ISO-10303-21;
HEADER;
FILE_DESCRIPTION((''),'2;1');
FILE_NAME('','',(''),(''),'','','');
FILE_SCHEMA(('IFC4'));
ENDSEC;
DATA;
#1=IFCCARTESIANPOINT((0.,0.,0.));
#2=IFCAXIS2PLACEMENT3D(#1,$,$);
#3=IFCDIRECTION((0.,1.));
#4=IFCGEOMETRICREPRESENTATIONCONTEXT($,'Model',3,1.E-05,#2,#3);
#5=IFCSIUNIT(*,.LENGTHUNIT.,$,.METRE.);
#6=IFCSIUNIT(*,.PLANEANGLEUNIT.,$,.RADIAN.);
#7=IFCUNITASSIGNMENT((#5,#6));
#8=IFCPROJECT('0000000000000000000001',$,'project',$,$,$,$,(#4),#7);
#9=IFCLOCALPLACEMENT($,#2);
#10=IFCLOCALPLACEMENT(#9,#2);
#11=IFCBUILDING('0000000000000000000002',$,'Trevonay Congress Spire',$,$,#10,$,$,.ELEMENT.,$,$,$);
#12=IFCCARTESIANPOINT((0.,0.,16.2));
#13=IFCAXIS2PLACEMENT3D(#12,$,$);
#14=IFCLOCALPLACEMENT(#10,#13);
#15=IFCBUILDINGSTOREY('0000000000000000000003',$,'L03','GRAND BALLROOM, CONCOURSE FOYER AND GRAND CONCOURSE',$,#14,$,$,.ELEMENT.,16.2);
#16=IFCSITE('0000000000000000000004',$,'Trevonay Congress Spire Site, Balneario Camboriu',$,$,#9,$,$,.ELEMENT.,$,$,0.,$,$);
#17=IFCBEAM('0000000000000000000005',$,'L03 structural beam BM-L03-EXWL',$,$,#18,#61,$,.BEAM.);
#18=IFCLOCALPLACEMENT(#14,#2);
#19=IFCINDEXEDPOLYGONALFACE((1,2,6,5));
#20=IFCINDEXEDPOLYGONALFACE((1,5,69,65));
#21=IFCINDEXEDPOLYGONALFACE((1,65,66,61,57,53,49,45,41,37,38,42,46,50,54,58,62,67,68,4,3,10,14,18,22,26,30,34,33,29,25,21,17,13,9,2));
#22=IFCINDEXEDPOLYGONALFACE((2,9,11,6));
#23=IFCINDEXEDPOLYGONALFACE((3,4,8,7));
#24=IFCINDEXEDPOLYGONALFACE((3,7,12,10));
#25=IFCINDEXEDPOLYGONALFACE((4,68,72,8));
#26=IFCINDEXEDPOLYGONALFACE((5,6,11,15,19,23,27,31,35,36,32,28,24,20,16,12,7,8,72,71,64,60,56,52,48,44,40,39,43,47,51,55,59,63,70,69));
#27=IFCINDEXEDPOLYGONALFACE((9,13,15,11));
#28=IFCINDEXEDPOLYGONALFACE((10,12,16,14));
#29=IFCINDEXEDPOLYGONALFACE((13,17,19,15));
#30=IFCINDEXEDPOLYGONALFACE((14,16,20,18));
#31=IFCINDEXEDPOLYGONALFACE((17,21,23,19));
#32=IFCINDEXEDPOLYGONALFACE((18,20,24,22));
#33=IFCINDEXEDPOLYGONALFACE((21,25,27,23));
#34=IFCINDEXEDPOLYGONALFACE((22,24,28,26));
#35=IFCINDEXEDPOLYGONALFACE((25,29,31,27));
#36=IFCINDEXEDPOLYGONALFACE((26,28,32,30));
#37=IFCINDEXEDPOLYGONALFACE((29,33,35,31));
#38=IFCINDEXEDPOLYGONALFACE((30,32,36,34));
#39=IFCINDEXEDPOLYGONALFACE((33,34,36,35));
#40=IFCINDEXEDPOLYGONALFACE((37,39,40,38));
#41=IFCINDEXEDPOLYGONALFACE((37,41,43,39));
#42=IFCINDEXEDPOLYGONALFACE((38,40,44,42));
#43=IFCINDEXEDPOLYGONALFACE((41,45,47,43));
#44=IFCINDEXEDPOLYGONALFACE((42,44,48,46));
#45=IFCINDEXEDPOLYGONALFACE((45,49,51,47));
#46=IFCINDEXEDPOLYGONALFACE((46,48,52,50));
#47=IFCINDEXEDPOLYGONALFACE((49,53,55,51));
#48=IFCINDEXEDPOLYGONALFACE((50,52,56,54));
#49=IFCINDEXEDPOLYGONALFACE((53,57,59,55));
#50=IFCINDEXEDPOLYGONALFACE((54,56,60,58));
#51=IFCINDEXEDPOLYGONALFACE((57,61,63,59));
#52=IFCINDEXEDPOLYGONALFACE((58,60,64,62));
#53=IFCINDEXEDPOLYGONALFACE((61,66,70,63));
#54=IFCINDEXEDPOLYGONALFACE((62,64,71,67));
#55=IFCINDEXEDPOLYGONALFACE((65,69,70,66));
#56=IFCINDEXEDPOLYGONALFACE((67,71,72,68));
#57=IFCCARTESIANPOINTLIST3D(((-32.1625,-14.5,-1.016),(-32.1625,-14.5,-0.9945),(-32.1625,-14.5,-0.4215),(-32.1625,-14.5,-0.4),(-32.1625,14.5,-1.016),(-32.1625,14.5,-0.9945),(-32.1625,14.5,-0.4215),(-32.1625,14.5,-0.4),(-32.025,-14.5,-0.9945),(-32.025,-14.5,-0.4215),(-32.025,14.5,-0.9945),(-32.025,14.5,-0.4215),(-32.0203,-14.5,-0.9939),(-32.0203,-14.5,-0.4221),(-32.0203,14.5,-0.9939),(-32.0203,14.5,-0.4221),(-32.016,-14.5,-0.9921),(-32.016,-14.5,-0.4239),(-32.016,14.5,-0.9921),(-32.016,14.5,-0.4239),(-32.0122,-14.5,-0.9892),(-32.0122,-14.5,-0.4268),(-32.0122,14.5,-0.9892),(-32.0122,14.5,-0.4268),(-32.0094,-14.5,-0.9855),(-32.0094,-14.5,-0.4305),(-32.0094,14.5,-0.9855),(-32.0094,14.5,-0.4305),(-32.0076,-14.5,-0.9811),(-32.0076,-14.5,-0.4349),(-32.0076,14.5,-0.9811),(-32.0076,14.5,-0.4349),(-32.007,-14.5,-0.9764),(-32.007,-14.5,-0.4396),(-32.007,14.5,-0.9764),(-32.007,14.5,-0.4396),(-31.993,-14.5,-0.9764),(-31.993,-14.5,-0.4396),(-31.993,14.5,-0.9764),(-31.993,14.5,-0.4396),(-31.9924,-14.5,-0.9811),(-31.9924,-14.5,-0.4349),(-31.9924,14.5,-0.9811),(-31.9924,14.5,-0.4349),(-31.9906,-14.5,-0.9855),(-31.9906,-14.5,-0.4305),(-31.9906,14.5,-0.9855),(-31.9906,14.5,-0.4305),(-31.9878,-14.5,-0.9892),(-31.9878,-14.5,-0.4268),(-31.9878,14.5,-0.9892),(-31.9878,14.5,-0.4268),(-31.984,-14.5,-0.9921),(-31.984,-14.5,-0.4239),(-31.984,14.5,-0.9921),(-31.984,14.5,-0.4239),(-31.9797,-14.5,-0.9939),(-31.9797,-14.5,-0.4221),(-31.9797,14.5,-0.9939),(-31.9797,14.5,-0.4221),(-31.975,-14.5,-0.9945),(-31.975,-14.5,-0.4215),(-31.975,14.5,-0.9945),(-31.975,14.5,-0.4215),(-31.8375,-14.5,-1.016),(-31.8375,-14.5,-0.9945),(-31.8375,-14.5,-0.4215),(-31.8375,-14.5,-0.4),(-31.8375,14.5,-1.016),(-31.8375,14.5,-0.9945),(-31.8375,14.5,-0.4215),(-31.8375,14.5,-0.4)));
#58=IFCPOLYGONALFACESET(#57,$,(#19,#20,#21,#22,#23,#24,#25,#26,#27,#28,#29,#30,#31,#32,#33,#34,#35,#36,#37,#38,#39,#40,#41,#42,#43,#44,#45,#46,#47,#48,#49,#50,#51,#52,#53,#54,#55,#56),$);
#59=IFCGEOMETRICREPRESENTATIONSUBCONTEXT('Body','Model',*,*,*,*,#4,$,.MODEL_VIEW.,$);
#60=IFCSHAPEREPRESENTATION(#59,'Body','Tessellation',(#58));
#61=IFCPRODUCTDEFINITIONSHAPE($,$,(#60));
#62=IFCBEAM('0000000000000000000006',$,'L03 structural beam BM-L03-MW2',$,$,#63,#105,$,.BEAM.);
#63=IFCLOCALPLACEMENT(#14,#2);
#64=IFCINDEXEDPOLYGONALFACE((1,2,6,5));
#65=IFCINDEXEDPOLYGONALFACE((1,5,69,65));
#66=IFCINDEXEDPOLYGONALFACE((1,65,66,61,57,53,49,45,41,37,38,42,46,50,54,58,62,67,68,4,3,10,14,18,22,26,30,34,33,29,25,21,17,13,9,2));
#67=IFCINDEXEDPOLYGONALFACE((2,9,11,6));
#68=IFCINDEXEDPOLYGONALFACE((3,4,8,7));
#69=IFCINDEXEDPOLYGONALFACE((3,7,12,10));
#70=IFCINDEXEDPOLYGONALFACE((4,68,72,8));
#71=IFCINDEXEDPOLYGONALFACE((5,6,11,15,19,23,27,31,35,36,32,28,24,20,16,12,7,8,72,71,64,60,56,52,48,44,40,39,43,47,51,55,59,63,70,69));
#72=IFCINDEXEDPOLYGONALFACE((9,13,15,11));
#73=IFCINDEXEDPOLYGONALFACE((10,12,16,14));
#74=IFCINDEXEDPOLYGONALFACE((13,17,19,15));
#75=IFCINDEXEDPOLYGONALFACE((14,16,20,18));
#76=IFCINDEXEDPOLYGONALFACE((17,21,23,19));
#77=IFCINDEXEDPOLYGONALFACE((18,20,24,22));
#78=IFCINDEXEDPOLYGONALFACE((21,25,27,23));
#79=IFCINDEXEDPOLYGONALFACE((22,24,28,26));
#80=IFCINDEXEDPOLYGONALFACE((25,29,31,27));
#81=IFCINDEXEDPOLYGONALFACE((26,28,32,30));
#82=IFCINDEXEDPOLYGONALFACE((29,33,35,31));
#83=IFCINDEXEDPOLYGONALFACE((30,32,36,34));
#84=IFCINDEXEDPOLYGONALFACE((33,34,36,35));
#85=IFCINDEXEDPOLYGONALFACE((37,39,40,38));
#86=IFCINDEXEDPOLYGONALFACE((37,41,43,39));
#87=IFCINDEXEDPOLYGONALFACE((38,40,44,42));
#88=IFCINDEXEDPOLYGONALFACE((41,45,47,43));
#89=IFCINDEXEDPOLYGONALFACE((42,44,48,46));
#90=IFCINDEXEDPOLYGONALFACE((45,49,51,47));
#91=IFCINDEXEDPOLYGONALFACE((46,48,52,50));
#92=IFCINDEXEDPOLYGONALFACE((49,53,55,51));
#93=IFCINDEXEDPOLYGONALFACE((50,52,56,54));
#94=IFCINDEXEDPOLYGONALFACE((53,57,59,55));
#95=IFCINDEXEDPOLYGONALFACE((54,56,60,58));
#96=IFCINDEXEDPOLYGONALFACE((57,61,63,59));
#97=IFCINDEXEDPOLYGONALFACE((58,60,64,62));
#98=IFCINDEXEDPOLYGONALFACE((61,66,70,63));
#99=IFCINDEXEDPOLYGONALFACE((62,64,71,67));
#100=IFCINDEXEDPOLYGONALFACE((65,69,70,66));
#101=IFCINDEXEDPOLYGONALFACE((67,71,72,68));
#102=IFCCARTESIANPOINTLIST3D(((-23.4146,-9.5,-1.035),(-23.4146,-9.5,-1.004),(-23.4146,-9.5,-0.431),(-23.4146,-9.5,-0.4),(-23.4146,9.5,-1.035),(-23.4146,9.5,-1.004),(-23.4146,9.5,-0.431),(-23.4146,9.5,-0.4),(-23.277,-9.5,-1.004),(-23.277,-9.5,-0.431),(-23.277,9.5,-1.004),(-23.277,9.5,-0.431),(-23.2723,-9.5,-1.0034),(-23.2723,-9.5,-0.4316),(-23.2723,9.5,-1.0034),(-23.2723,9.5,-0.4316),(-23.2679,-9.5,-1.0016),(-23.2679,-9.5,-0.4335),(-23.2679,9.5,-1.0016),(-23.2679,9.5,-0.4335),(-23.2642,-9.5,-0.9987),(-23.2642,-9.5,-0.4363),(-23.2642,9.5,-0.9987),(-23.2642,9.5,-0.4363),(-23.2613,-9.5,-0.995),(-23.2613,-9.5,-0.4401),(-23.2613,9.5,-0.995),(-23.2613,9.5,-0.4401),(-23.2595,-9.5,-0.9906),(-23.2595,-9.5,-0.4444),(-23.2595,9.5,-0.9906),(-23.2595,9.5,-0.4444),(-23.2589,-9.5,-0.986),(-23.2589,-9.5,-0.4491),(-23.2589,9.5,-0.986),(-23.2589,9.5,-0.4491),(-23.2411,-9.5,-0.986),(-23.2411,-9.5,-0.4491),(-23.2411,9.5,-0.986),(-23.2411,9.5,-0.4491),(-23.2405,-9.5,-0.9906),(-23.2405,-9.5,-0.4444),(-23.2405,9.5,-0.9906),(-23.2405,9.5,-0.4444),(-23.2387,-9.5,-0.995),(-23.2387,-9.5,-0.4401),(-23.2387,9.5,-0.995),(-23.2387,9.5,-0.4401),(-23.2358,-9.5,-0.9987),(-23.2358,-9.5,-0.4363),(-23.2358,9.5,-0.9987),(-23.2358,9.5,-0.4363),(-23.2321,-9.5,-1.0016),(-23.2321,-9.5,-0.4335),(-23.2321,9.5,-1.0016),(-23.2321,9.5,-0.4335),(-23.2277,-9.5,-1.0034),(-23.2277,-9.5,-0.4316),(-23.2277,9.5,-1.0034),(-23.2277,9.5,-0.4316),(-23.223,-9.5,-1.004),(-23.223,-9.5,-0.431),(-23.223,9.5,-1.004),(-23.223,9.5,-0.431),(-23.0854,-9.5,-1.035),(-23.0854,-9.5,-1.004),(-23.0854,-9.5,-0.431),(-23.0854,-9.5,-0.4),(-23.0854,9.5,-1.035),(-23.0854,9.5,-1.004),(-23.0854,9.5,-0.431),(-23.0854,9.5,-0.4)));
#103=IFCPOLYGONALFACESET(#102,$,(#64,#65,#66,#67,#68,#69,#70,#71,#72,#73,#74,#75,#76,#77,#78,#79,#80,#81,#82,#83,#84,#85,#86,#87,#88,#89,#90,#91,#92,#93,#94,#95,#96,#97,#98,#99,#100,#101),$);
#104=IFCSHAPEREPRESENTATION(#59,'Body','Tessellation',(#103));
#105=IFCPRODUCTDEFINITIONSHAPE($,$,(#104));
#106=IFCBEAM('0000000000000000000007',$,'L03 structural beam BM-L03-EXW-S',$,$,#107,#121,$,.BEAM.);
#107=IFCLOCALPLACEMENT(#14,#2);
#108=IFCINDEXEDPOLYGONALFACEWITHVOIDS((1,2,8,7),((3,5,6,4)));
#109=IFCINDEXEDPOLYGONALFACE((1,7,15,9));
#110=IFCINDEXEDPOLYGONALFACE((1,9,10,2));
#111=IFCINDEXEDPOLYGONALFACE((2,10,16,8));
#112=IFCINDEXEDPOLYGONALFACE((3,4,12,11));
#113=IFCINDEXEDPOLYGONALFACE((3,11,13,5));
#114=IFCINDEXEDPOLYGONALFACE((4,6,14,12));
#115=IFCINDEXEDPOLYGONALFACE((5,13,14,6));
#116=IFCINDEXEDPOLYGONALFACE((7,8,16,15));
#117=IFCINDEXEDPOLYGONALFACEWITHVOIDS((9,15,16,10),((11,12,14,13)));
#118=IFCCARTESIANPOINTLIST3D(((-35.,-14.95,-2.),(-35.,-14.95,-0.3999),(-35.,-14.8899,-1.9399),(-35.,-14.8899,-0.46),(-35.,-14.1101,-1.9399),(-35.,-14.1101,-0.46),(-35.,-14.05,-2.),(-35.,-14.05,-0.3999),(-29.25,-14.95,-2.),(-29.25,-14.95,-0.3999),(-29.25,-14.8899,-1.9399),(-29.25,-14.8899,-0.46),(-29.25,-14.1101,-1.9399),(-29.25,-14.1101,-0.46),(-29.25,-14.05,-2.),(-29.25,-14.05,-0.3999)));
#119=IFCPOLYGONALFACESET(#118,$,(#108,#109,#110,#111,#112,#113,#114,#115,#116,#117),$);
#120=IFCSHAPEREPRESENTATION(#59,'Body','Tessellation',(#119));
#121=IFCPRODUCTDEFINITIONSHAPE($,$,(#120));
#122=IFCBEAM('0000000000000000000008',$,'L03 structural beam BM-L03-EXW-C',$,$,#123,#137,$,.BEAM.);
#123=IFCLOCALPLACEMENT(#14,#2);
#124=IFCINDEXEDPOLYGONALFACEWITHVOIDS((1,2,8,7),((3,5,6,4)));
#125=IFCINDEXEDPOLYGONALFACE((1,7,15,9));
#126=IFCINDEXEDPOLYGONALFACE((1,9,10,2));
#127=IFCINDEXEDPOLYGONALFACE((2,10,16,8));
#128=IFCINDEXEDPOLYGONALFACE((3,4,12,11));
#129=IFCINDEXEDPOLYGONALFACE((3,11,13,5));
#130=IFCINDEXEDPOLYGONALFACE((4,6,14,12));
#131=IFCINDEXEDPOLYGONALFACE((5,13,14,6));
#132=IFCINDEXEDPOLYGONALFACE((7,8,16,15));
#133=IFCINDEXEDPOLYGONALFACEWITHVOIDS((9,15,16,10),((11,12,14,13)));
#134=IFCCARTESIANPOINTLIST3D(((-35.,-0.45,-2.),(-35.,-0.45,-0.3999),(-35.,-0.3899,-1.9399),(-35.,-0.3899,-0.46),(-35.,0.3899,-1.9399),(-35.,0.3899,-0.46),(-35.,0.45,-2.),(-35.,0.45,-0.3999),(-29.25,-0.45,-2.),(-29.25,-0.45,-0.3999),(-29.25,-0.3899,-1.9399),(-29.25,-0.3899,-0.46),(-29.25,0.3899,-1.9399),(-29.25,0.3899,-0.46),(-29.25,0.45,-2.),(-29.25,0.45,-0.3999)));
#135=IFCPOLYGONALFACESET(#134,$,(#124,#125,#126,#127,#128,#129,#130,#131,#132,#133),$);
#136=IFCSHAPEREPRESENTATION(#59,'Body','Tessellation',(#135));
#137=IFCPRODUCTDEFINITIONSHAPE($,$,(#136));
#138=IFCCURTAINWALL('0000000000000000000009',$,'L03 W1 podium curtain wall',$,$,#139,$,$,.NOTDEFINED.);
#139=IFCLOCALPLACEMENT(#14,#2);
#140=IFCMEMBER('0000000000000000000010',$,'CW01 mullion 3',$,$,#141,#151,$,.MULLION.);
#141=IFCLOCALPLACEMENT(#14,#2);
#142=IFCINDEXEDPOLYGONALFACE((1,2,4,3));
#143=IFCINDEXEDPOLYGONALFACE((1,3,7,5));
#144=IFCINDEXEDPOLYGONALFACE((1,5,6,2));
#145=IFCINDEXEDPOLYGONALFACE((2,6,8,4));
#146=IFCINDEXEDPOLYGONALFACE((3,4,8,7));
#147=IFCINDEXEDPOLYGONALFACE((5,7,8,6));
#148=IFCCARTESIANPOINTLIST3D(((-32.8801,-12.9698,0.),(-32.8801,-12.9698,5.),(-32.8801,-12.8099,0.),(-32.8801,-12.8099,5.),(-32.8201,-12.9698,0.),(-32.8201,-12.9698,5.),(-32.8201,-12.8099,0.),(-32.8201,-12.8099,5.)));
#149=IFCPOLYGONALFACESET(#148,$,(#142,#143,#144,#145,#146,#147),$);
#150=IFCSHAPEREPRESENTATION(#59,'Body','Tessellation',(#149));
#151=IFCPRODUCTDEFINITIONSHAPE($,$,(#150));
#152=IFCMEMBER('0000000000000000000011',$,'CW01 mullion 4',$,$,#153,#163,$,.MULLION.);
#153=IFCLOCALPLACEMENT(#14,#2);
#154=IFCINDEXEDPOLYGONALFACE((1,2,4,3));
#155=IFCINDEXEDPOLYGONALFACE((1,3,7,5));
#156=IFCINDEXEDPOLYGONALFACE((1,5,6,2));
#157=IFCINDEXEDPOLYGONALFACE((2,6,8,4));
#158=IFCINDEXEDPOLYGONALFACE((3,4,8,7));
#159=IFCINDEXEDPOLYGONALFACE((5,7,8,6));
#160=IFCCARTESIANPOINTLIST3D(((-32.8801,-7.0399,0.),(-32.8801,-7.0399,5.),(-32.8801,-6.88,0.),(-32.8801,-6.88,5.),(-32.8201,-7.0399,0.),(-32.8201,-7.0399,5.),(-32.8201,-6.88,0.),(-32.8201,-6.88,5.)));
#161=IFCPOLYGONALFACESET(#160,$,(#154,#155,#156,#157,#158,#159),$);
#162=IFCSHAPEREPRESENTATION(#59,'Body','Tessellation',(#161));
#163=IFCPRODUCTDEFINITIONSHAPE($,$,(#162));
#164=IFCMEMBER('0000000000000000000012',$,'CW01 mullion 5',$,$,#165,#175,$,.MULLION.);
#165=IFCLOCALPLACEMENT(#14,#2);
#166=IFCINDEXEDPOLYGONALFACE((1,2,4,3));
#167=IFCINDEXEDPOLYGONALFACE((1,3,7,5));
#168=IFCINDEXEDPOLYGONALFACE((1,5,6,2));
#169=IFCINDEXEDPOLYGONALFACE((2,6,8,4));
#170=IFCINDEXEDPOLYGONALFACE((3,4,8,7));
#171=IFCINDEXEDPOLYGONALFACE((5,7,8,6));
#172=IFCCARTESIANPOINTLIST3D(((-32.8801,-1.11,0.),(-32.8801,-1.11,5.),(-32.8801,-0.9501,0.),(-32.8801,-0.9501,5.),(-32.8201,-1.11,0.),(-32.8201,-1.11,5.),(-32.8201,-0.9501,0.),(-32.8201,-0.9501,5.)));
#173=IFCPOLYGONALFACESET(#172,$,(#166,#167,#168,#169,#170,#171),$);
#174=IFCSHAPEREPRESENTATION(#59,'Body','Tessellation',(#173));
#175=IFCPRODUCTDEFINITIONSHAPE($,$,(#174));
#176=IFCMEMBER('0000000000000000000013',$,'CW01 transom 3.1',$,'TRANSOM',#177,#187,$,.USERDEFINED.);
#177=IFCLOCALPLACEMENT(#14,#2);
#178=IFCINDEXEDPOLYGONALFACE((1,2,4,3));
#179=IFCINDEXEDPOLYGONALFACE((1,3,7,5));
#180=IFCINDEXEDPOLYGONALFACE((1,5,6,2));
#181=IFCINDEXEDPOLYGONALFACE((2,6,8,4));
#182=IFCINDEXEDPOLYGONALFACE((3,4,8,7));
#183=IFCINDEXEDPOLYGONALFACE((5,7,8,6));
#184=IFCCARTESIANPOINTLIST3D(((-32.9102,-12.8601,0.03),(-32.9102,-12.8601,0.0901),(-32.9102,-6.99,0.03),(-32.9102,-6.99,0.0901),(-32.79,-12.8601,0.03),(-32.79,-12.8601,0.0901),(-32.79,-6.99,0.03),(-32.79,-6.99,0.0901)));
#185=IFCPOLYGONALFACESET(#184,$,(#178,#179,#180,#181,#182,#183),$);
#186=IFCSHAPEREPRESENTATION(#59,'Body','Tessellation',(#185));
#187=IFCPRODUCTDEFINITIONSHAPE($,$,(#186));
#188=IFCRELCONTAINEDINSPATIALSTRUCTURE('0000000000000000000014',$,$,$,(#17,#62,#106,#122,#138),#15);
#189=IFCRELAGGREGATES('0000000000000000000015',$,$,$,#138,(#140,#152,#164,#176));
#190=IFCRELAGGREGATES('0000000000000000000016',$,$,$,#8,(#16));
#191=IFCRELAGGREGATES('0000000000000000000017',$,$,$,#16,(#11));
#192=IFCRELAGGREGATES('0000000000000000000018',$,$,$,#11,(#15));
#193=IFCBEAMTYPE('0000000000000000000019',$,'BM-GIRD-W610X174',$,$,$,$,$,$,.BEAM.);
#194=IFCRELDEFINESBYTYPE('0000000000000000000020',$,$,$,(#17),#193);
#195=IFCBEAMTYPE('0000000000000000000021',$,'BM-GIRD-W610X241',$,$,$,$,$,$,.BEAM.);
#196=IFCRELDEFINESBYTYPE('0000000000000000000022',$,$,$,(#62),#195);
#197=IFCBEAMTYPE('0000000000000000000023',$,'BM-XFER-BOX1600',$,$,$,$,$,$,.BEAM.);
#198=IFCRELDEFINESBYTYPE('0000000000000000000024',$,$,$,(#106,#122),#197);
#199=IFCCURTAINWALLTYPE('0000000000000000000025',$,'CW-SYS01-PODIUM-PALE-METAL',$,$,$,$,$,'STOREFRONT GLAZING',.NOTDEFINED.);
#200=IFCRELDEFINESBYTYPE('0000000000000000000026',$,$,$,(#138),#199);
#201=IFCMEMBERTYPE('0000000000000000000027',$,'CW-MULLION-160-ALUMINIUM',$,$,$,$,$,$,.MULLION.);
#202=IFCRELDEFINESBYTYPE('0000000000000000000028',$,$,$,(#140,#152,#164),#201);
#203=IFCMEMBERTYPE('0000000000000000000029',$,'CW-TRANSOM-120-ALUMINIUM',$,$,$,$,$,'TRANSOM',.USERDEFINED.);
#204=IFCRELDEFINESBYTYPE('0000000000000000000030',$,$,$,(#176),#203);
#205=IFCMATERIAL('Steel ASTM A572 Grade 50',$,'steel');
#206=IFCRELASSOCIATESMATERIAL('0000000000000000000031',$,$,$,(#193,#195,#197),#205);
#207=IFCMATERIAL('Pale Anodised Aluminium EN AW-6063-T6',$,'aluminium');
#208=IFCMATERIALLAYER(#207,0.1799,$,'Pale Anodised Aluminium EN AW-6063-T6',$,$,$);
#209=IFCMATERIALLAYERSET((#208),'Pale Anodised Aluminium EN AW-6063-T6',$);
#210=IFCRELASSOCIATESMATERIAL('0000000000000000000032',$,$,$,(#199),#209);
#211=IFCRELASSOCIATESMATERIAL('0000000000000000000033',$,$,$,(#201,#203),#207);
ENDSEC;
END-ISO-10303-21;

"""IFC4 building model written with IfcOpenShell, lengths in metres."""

from ifc_helpers import new_model, si_unit, direction, frame, origin, origin_2d, place, context, subcontext, project, spatial, rectangle, hollow_rectangle, i_section, extrude, material, layer, layer_set, material_profile, profile_set, type_object, element, aggregate, save


model = new_model("IFC4")

# Units and contexts
model_context = context("Model", 3, precision=1e-05, world=origin(), true_north=direction((0.0, 1.0)))
body_context = subcontext(model_context, "Body", "Model", "MODEL_VIEW")
ifc_project = project(units=[si_unit("LENGTHUNIT", "METRE"), si_unit("PLANEANGLEUNIT", "RADIAN")], contexts=[model_context])

# Site, building, storey
site_placement = place(None, origin())
site = spatial("IfcSite", under=ifc_project, at=site_placement, Name="Trevonay Congress Spire Site, Balneario Camboriu", CompositionType="ELEMENT", RefElevation=0.0)
building_placement = place(site_placement, origin())
building = spatial("IfcBuilding", under=site, at=building_placement, Name="Trevonay Congress Spire", CompositionType="ELEMENT")
storey_placement = place(building_placement, frame((0.0, 0.0, 16.2)))
storey = spatial("IfcBuildingStorey", under=building, at=storey_placement, Name="L03", Description="GRAND BALLROOM, CONCOURSE FOYER AND GRAND CONCOURSE", CompositionType="ELEMENT", Elevation=16.2)

# Shared definitions
ifc_material_1 = material(Name="Steel ASTM A572 Grade 50", Category="steel")

# Beams
ifc_material_profile_1 = material_profile(ifc_material_1, i_section(OverallWidth=0.325, OverallDepth=0.616, WebThickness=0.0139, FlangeThickness=0.0215, FilletRadius=0.0181, at=origin_2d()), Name="W610x174")
ifc_profile_set_1 = profile_set([ifc_material_profile_1], Name="Steel ASTM A572 Grade 50")
beam_type_1 = type_object("IfcBeamType", Name="BM-GIRD-W610X174", PredefinedType="BEAM", material=ifc_profile_set_1)
beam_1_placement = place(storey_placement, frame((-32.0, -14.5, -0.708), z_axis=(0.0, 1.0, 0.0), x_axis=(-1.0, 0.0, 0.0)))
element("IfcBeam", 1, at=beam_1_placement, inside=storey, type_object=beam_type_1, Name="L03 structural beam BM-L03-EXWL", PredefinedType="BEAM", context=body_context, shape_type="SweptSolid", body=[
    extrude(i_section(OverallWidth=0.325, OverallDepth=0.616, WebThickness=0.0139, FlangeThickness=0.0215, FilletRadius=0.0181, at=origin_2d()), origin(), (0.0, 0.0, 1.0), 29.0),
])
ifc_material_profile_2 = material_profile(ifc_material_1, i_section(OverallWidth=0.3291, OverallDepth=0.635, WebThickness=0.0178, FlangeThickness=0.031, FilletRadius=0.0181, at=origin_2d()), Name="W610x241")
ifc_profile_set_2 = profile_set([ifc_material_profile_2], Name="Steel ASTM A572 Grade 50")
beam_type_2 = type_object("IfcBeamType", Name="BM-GIRD-W610X241", PredefinedType="BEAM", material=ifc_profile_set_2)
beam_2_placement = place(storey_placement, frame((-23.25, -9.5, -0.7175), z_axis=(0.0, 1.0, 0.0), x_axis=(-1.0, 0.0, 0.0)))
element("IfcBeam", 2, at=beam_2_placement, inside=storey, type_object=beam_type_2, Name="L03 structural beam BM-L03-MW2", PredefinedType="BEAM", context=body_context, shape_type="SweptSolid", body=[
    extrude(i_section(OverallWidth=0.3291, OverallDepth=0.635, WebThickness=0.0178, FlangeThickness=0.031, FilletRadius=0.0181, at=origin_2d()), origin(), (0.0, 0.0, 1.0), 19.0),
])
ifc_material_profile_3 = material_profile(ifc_material_1, hollow_rectangle(XDim=0.8999, YDim=1.6001, WallThickness=0.0601, at=origin_2d()), Name="BOX 1600x900x60")
ifc_profile_set_3 = profile_set([ifc_material_profile_3], Name="Steel ASTM A572 Grade 50")
beam_type_3 = type_object("IfcBeamType", Name="BM-XFER-BOX1600", PredefinedType="BEAM", material=ifc_profile_set_3)
for number, where, z_axis, x_axis, name in (
    (3, (-29.25, -14.5, -1.2), (-1.0, 0.0, 0.0), (0.0, -1.0, 0.0), "L03 structural beam BM-L03-EXW-S"),
    (4, (-29.25, 0.0, -1.2), (-1.0, 0.0, 0.0), (0.0, -1.0, 0.0), "L03 structural beam BM-L03-EXW-C"),
):
    element("IfcBeam", number, at=place(storey_placement, frame(where, z_axis=z_axis, x_axis=x_axis)), inside=storey, type_object=beam_type_3, Name=name, PredefinedType="BEAM", context=body_context, shape_type="SweptSolid", body=[
        extrude(hollow_rectangle(XDim=0.8999, YDim=1.6001, WallThickness=0.0601, at=origin_2d()), origin(), (0.0, 0.0, 1.0), 5.75),
    ])

# Curtain wall, members
ifc_material_2 = material(Name="Pale Anodised Aluminium EN AW-6063-T6", Category="aluminium")
ifc_layer_1 = layer(ifc_material_2, 0.1799, Name="Pale Anodised Aluminium EN AW-6063-T6")
ifc_layer_set_1 = layer_set([ifc_layer_1], Name="Pale Anodised Aluminium EN AW-6063-T6")
curtain_wall_type = type_object("IfcCurtainWallType", Name="CW-SYS01-PODIUM-PALE-METAL", ElementType="STOREFRONT GLAZING", PredefinedType="NOTDEFINED", material=ifc_layer_set_1)
curtain_wall_placement = place(storey_placement, origin())
curtain_wall = element("IfcCurtainWall", 5, at=curtain_wall_placement, inside=storey, type_object=curtain_wall_type, Name="L03 W1 podium curtain wall", PredefinedType="NOTDEFINED")
ifc_material_profile_4 = material_profile(ifc_material_2, rectangle(XDim=0.0601, YDim=0.1599, at=origin_2d()), Name="CW-MULLION-160-ALUMINIUM")
ifc_profile_set_4 = profile_set([ifc_material_profile_4], Name="Pale Anodised Aluminium EN AW-6063-T6")
member_type_1 = type_object("IfcMemberType", Name="CW-MULLION-160-ALUMINIUM", PredefinedType="MULLION", material=ifc_profile_set_4)
member_1_placement = place(storey_placement, frame((-32.8501, -12.8899, 0.0), z_axis=(0.0, 0.0, 1.0), x_axis=(-1.0, 0.0, 0.0)))
member_1 = element("IfcMember", 6, at=member_1_placement, type_object=member_type_1, Name="CW01 mullion 3", PredefinedType="MULLION", context=body_context, shape_type="SweptSolid", body=[
    extrude(rectangle(XDim=0.0601, YDim=0.1599, at=origin_2d()), origin(), (0.0, 0.0, 1.0), 5.0),
])
member_2_placement = place(storey_placement, frame((-32.8501, -6.96, 0.0), z_axis=(0.0, 0.0, 1.0), x_axis=(-1.0, 0.0, 0.0)))
member_2 = element("IfcMember", 7, at=member_2_placement, type_object=member_type_1, Name="CW01 mullion 4", PredefinedType="MULLION", context=body_context, shape_type="SweptSolid", body=[
    extrude(rectangle(XDim=0.0601, YDim=0.1599, at=origin_2d()), origin(), (0.0, 0.0, 1.0), 5.0),
])
member_3_placement = place(storey_placement, frame((-32.8501, -1.03, 0.0), z_axis=(0.0, 0.0, 1.0), x_axis=(-1.0, 0.0, 0.0)))
member_3 = element("IfcMember", 8, at=member_3_placement, type_object=member_type_1, Name="CW01 mullion 5", PredefinedType="MULLION", context=body_context, shape_type="SweptSolid", body=[
    extrude(rectangle(XDim=0.0601, YDim=0.1599, at=origin_2d()), origin(), (0.0, 0.0, 1.0), 5.0),
])
ifc_material_profile_5 = material_profile(ifc_material_2, rectangle(XDim=0.1201, YDim=0.0601, at=origin_2d()), Name="CW-TRANSOM-120-ALUMINIUM")
ifc_profile_set_5 = profile_set([ifc_material_profile_5], Name="Pale Anodised Aluminium EN AW-6063-T6")
member_type_2 = type_object("IfcMemberType", Name="CW-TRANSOM-120-ALUMINIUM", ElementType="TRANSOM", PredefinedType="USERDEFINED", material=ifc_profile_set_5)
member_4_placement = place(storey_placement, frame((-32.8501, -12.8601, 0.0601), z_axis=(0.0, 1.0, 0.0), x_axis=(-1.0, 0.0, 0.0)))
member_4 = element("IfcMember", 9, at=member_4_placement, type_object=member_type_2, Name="CW01 transom 3.1", ObjectType="TRANSOM", PredefinedType="USERDEFINED", context=body_context, shape_type="SweptSolid", body=[
    extrude(rectangle(XDim=0.1201, YDim=0.0601, at=origin_2d()), origin(), (0.0, 0.0, 1.0), 5.8701),
])
aggregate(curtain_wall, [member_1, member_2, member_3, member_4])

save(model, "model.ifc")
